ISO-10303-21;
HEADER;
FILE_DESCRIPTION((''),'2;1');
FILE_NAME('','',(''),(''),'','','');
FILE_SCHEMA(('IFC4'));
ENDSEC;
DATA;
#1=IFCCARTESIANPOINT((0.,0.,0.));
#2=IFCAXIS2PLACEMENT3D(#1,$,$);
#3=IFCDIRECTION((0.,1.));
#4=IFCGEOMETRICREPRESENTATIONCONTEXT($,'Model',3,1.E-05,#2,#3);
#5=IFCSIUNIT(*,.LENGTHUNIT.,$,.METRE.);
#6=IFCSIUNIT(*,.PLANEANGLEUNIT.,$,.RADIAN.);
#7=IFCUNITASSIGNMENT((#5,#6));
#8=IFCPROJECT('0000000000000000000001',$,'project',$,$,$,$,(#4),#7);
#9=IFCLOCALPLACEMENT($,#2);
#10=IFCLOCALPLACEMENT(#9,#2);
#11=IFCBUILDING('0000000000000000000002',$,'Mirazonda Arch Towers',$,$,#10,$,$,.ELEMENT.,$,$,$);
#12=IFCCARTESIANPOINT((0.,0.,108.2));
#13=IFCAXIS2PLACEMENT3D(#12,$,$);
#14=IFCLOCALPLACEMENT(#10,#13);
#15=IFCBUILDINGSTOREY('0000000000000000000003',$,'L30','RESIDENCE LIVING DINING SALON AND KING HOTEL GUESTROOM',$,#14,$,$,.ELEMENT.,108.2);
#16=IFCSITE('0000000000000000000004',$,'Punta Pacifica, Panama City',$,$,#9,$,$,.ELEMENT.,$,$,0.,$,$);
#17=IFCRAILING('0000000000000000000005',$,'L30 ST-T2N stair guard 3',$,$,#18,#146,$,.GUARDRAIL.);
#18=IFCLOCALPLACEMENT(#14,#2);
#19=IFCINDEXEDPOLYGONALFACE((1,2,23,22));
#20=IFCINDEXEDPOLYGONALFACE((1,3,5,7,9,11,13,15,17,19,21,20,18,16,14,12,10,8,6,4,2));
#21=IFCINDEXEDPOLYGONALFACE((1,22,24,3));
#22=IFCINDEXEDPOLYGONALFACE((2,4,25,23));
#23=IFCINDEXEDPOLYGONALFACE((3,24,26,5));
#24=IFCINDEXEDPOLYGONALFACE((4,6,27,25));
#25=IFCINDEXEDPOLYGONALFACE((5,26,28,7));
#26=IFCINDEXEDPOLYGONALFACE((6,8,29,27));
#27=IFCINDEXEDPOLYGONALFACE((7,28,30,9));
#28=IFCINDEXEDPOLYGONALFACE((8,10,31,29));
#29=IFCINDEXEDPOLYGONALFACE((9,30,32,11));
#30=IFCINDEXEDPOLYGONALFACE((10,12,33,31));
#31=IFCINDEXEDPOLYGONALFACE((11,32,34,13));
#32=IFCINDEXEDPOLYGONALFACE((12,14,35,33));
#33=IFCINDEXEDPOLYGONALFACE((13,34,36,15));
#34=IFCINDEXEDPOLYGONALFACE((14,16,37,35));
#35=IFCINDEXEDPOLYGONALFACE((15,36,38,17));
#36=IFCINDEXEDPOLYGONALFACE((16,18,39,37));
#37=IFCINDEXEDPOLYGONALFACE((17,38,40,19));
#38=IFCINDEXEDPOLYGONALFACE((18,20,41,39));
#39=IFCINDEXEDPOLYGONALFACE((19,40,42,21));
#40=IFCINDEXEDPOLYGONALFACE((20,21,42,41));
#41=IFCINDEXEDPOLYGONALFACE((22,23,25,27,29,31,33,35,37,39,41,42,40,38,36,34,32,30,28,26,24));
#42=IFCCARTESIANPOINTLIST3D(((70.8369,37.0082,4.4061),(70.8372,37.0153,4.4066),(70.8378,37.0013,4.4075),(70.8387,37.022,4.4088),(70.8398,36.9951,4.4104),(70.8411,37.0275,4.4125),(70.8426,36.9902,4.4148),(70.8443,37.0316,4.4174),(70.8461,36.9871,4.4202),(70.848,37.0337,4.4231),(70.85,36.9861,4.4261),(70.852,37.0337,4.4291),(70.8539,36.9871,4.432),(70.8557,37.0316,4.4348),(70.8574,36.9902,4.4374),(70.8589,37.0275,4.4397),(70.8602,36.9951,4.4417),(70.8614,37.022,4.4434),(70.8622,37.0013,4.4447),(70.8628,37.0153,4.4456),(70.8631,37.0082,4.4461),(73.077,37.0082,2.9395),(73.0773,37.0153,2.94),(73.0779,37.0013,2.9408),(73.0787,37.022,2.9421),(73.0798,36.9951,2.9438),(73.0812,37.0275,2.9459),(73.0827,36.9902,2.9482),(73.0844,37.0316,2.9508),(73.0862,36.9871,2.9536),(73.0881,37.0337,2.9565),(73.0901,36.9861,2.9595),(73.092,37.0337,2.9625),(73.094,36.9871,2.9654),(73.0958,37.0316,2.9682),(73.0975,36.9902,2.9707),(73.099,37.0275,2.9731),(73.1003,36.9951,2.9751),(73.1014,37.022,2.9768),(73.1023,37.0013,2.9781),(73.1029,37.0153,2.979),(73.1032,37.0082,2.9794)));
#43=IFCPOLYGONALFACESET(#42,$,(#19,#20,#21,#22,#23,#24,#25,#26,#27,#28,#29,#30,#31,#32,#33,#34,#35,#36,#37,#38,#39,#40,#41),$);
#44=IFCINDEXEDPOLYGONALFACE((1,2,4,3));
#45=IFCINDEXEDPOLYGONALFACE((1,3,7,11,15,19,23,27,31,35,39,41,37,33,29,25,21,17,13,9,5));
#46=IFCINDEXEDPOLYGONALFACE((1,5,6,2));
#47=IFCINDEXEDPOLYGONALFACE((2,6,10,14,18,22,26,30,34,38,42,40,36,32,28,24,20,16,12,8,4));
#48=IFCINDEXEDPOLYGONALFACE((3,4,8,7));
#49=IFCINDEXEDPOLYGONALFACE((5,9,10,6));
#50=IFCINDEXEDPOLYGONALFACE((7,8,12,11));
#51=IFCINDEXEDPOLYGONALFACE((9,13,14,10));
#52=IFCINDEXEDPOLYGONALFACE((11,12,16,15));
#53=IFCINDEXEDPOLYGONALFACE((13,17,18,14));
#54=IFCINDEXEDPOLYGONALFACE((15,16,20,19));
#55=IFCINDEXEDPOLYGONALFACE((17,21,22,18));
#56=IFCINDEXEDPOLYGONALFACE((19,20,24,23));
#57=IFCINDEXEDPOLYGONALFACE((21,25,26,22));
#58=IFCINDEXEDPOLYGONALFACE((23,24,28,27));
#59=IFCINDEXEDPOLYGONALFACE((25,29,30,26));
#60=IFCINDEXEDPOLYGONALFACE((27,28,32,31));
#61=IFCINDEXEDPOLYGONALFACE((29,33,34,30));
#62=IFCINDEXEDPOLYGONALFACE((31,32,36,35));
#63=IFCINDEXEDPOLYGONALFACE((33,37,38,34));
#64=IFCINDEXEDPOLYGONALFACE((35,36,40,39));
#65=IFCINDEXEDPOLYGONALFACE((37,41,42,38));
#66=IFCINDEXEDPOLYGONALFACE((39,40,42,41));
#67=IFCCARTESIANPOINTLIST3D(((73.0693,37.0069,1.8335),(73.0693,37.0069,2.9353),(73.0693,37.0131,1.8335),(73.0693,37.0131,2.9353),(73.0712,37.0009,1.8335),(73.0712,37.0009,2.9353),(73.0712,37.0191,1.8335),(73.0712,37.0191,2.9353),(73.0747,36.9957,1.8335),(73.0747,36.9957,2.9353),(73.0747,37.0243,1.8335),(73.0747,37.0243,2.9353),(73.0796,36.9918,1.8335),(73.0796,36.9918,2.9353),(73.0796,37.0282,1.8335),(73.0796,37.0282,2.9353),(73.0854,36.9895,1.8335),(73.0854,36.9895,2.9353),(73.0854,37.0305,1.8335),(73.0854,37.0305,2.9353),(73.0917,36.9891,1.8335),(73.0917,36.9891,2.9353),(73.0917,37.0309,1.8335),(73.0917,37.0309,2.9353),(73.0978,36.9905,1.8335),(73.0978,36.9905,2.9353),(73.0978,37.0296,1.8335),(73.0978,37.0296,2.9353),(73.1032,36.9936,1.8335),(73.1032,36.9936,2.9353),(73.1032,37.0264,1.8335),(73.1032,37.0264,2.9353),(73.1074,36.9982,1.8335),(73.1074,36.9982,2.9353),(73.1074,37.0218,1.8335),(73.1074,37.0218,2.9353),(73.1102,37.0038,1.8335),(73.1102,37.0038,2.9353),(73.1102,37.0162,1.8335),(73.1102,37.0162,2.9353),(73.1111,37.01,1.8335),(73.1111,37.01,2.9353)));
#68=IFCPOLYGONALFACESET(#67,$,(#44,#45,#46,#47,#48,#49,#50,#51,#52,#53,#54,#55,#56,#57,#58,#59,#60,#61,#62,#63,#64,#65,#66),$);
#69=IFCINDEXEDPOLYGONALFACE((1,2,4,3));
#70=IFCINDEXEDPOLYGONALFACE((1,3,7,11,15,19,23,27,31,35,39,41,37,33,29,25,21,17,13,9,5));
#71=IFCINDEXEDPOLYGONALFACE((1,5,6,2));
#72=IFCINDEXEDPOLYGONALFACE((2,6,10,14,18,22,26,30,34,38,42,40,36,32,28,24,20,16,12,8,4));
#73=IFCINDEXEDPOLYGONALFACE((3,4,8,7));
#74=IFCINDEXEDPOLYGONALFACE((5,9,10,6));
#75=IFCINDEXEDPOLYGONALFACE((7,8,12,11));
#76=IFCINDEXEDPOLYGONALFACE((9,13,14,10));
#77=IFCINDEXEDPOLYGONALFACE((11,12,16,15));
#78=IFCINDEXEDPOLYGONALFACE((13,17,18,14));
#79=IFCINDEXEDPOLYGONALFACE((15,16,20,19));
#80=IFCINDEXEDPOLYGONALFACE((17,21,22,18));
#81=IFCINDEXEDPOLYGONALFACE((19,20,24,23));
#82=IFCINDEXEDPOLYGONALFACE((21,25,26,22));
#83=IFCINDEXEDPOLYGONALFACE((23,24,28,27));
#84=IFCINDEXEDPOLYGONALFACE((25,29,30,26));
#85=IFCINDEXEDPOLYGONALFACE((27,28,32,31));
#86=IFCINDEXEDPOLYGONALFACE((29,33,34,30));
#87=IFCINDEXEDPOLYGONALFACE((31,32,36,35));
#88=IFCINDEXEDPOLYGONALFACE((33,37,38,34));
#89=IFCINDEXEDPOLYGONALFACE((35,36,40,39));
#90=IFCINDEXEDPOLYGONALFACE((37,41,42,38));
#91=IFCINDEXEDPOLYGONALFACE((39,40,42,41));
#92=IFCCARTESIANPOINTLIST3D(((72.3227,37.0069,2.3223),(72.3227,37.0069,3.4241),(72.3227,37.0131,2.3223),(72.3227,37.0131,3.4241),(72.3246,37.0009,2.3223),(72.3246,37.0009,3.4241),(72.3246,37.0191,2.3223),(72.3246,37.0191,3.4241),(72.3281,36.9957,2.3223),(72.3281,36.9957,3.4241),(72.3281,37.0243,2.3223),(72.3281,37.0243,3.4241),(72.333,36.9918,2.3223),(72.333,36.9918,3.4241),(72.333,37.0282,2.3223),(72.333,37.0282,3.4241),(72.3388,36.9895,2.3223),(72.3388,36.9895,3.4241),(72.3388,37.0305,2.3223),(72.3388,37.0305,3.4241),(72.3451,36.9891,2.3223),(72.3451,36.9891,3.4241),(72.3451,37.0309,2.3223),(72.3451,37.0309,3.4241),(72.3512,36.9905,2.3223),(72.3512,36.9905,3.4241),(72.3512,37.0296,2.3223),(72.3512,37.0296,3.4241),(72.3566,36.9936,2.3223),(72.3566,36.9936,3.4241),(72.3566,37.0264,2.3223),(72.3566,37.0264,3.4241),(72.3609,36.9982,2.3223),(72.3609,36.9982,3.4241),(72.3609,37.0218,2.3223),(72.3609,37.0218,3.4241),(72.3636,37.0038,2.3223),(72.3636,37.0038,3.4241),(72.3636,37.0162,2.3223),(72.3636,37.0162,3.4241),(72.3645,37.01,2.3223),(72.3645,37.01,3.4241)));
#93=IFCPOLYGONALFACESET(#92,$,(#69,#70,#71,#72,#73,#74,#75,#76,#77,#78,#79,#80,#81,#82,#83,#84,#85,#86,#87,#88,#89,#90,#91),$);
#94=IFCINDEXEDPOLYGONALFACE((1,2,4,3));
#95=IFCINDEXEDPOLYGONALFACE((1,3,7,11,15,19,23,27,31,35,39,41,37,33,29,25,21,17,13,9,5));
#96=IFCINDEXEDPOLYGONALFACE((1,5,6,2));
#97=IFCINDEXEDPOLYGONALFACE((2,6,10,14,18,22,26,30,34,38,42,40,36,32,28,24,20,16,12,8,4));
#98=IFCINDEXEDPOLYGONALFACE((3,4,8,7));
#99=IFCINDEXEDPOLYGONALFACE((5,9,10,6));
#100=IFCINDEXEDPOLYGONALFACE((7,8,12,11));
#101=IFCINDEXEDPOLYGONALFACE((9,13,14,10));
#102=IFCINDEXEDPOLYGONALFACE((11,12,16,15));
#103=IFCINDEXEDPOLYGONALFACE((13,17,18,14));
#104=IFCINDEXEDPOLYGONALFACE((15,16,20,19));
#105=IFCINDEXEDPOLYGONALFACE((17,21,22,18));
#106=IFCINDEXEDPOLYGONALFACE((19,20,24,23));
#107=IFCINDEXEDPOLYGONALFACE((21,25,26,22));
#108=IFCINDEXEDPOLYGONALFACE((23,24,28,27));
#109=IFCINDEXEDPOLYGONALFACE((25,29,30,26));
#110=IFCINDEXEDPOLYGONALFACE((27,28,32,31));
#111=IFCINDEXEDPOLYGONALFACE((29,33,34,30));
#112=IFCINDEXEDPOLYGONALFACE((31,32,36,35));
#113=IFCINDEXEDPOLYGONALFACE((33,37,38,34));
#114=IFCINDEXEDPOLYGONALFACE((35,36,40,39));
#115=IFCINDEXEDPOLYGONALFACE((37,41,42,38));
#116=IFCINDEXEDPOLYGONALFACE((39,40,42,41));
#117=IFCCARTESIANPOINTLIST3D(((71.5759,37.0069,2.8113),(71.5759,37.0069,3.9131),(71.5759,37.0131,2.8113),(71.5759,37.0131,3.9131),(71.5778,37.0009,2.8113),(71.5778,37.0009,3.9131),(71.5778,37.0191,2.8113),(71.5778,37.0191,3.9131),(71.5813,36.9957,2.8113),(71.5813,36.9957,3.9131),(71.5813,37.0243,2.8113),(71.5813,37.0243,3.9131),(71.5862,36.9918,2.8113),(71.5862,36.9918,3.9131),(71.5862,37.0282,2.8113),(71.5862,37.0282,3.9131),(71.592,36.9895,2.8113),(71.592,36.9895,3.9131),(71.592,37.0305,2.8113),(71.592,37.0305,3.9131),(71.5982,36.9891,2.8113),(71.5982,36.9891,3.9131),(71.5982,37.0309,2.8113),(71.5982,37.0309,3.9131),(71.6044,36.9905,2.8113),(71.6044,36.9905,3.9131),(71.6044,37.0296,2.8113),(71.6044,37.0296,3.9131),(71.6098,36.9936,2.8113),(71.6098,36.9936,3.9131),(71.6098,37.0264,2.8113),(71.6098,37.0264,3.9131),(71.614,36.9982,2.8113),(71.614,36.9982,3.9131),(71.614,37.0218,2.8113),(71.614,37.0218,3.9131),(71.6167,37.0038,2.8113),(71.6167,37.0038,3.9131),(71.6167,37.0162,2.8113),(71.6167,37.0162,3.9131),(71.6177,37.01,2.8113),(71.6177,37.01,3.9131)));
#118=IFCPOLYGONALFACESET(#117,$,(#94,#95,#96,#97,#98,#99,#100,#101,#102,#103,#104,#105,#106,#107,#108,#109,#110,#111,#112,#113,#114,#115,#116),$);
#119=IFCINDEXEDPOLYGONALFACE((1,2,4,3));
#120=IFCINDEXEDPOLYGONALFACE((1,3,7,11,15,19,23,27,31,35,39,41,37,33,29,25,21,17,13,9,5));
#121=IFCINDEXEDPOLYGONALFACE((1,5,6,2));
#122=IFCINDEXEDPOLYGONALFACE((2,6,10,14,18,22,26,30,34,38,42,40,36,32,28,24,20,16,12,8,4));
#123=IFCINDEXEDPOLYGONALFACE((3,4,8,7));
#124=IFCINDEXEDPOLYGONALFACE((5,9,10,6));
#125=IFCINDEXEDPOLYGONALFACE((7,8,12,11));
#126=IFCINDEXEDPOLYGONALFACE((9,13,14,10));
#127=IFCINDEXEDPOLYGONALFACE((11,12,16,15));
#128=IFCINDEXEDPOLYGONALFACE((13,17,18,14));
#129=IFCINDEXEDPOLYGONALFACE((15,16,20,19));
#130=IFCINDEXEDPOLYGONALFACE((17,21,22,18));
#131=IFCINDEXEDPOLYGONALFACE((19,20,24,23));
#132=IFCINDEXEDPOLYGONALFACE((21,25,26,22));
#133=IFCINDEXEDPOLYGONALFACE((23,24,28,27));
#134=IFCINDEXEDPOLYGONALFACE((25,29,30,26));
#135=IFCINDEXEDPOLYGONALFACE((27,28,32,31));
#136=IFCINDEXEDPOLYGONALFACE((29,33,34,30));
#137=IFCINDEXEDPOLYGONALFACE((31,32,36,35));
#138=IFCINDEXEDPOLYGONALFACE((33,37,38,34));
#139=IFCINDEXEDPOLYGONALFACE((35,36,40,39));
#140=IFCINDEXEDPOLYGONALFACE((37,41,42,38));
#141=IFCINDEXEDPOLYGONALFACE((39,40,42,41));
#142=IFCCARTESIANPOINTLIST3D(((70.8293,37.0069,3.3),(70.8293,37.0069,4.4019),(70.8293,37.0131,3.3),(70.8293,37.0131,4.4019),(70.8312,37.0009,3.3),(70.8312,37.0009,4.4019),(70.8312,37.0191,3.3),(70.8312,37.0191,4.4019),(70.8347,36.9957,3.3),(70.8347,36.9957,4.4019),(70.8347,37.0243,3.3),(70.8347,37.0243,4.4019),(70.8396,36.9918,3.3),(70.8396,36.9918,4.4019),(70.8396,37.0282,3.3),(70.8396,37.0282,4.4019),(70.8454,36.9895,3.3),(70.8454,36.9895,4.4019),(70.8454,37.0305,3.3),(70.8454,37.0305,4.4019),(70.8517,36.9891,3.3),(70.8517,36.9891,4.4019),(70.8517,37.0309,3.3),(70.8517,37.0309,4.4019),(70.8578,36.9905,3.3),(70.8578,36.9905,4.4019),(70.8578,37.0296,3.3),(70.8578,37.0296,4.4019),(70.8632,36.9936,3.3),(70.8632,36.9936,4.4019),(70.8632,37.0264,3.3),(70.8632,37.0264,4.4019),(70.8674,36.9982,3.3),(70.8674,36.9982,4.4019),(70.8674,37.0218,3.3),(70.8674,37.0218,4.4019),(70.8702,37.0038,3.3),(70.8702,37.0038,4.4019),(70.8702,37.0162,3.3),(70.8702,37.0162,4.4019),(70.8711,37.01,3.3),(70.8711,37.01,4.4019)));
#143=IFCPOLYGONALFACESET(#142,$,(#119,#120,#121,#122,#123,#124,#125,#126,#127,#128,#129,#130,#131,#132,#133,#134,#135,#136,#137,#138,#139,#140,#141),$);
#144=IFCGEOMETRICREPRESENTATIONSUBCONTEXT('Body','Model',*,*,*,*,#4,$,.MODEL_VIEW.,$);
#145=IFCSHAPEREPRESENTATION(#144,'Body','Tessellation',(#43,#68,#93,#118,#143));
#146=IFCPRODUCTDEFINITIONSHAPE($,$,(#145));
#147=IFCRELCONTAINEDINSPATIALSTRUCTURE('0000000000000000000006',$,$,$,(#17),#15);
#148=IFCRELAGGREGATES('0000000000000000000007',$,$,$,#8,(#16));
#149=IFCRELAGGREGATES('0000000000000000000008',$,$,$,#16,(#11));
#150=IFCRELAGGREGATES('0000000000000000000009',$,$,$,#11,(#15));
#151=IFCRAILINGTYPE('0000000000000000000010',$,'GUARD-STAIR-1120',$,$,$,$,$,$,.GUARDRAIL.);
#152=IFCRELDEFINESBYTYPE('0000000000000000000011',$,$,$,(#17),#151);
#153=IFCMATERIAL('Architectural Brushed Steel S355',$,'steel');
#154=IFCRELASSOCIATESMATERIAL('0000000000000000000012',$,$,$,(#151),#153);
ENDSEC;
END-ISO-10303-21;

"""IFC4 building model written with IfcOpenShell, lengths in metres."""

from ifc_helpers import new_model, si_unit, direction, frame, origin, origin_2d, place, context, subcontext, project, spatial, circle, extrude, material, type_object, element, save


model = new_model("IFC4")

# Units and contexts
model_context = context("Model", 3, precision=1e-05, world=origin(), true_north=direction((0.0, 1.0)))
body_context = subcontext(model_context, "Body", "Model", "MODEL_VIEW")
ifc_project = project(units=[si_unit("LENGTHUNIT", "METRE"), si_unit("PLANEANGLEUNIT", "RADIAN")], contexts=[model_context])

# Site, building, storey
site_placement = place(None, origin())
site = spatial("IfcSite", under=ifc_project, at=site_placement, Name="Punta Pacifica, Panama City", CompositionType="ELEMENT", RefElevation=0.0)
building_placement = place(site_placement, origin())
building = spatial("IfcBuilding", under=site, at=building_placement, Name="Mirazonda Arch Towers", CompositionType="ELEMENT")
storey_placement = place(building_placement, frame((0.0, 0.0, 108.2)))
storey = spatial("IfcBuildingStorey", under=building, at=storey_placement, Name="L30", Description="RESIDENCE LIVING DINING SALON AND KING HOTEL GUESTROOM", CompositionType="ELEMENT", Elevation=108.2)

# Shared definitions
ifc_material_1 = material(Name="Architectural Brushed Steel S355", Category="steel")

# Railing
railing_type_1 = type_object("IfcRailingType", Name="GUARD-STAIR-1120", PredefinedType="GUARDRAIL", material=ifc_material_1)
railing_1_placement = place(storey_placement, frame((73.0901, 37.01, 1.8335)))
element("IfcRailing", 1, at=railing_1_placement, inside=storey, type_object=railing_type_1, Name="L30 ST-T2N stair guard 3", PredefinedType="GUARDRAIL", context=body_context, shape_type="SweptSolid", body=[
    extrude(circle(Radius=0.0239, at=origin_2d()), frame((0.0, 0.0, 1.126), z_axis=(-0.836637, 0.0, 0.547758), x_axis=(0.0, -1.0, 0.0)), (0.0, 0.0, 1.0), 2.6775),
    extrude(circle(Radius=0.021, at=origin_2d()), origin(), (0.0, 0.0, 1.0), 1.1018),
    extrude(circle(Radius=0.021, at=origin_2d()), frame((-0.7466, 0.0, 0.4888)), (0.0, 0.0, 1.0), 1.1018),
    extrude(circle(Radius=0.021, at=origin_2d()), frame((-1.4934, 0.0, 0.9778)), (0.0, 0.0, 1.0), 1.1018),
    extrude(circle(Radius=0.021, at=origin_2d()), frame((-2.24, 0.0, 1.4666)), (0.0, 0.0, 1.0), 1.1018),
])

save(model, "model.ifc")
